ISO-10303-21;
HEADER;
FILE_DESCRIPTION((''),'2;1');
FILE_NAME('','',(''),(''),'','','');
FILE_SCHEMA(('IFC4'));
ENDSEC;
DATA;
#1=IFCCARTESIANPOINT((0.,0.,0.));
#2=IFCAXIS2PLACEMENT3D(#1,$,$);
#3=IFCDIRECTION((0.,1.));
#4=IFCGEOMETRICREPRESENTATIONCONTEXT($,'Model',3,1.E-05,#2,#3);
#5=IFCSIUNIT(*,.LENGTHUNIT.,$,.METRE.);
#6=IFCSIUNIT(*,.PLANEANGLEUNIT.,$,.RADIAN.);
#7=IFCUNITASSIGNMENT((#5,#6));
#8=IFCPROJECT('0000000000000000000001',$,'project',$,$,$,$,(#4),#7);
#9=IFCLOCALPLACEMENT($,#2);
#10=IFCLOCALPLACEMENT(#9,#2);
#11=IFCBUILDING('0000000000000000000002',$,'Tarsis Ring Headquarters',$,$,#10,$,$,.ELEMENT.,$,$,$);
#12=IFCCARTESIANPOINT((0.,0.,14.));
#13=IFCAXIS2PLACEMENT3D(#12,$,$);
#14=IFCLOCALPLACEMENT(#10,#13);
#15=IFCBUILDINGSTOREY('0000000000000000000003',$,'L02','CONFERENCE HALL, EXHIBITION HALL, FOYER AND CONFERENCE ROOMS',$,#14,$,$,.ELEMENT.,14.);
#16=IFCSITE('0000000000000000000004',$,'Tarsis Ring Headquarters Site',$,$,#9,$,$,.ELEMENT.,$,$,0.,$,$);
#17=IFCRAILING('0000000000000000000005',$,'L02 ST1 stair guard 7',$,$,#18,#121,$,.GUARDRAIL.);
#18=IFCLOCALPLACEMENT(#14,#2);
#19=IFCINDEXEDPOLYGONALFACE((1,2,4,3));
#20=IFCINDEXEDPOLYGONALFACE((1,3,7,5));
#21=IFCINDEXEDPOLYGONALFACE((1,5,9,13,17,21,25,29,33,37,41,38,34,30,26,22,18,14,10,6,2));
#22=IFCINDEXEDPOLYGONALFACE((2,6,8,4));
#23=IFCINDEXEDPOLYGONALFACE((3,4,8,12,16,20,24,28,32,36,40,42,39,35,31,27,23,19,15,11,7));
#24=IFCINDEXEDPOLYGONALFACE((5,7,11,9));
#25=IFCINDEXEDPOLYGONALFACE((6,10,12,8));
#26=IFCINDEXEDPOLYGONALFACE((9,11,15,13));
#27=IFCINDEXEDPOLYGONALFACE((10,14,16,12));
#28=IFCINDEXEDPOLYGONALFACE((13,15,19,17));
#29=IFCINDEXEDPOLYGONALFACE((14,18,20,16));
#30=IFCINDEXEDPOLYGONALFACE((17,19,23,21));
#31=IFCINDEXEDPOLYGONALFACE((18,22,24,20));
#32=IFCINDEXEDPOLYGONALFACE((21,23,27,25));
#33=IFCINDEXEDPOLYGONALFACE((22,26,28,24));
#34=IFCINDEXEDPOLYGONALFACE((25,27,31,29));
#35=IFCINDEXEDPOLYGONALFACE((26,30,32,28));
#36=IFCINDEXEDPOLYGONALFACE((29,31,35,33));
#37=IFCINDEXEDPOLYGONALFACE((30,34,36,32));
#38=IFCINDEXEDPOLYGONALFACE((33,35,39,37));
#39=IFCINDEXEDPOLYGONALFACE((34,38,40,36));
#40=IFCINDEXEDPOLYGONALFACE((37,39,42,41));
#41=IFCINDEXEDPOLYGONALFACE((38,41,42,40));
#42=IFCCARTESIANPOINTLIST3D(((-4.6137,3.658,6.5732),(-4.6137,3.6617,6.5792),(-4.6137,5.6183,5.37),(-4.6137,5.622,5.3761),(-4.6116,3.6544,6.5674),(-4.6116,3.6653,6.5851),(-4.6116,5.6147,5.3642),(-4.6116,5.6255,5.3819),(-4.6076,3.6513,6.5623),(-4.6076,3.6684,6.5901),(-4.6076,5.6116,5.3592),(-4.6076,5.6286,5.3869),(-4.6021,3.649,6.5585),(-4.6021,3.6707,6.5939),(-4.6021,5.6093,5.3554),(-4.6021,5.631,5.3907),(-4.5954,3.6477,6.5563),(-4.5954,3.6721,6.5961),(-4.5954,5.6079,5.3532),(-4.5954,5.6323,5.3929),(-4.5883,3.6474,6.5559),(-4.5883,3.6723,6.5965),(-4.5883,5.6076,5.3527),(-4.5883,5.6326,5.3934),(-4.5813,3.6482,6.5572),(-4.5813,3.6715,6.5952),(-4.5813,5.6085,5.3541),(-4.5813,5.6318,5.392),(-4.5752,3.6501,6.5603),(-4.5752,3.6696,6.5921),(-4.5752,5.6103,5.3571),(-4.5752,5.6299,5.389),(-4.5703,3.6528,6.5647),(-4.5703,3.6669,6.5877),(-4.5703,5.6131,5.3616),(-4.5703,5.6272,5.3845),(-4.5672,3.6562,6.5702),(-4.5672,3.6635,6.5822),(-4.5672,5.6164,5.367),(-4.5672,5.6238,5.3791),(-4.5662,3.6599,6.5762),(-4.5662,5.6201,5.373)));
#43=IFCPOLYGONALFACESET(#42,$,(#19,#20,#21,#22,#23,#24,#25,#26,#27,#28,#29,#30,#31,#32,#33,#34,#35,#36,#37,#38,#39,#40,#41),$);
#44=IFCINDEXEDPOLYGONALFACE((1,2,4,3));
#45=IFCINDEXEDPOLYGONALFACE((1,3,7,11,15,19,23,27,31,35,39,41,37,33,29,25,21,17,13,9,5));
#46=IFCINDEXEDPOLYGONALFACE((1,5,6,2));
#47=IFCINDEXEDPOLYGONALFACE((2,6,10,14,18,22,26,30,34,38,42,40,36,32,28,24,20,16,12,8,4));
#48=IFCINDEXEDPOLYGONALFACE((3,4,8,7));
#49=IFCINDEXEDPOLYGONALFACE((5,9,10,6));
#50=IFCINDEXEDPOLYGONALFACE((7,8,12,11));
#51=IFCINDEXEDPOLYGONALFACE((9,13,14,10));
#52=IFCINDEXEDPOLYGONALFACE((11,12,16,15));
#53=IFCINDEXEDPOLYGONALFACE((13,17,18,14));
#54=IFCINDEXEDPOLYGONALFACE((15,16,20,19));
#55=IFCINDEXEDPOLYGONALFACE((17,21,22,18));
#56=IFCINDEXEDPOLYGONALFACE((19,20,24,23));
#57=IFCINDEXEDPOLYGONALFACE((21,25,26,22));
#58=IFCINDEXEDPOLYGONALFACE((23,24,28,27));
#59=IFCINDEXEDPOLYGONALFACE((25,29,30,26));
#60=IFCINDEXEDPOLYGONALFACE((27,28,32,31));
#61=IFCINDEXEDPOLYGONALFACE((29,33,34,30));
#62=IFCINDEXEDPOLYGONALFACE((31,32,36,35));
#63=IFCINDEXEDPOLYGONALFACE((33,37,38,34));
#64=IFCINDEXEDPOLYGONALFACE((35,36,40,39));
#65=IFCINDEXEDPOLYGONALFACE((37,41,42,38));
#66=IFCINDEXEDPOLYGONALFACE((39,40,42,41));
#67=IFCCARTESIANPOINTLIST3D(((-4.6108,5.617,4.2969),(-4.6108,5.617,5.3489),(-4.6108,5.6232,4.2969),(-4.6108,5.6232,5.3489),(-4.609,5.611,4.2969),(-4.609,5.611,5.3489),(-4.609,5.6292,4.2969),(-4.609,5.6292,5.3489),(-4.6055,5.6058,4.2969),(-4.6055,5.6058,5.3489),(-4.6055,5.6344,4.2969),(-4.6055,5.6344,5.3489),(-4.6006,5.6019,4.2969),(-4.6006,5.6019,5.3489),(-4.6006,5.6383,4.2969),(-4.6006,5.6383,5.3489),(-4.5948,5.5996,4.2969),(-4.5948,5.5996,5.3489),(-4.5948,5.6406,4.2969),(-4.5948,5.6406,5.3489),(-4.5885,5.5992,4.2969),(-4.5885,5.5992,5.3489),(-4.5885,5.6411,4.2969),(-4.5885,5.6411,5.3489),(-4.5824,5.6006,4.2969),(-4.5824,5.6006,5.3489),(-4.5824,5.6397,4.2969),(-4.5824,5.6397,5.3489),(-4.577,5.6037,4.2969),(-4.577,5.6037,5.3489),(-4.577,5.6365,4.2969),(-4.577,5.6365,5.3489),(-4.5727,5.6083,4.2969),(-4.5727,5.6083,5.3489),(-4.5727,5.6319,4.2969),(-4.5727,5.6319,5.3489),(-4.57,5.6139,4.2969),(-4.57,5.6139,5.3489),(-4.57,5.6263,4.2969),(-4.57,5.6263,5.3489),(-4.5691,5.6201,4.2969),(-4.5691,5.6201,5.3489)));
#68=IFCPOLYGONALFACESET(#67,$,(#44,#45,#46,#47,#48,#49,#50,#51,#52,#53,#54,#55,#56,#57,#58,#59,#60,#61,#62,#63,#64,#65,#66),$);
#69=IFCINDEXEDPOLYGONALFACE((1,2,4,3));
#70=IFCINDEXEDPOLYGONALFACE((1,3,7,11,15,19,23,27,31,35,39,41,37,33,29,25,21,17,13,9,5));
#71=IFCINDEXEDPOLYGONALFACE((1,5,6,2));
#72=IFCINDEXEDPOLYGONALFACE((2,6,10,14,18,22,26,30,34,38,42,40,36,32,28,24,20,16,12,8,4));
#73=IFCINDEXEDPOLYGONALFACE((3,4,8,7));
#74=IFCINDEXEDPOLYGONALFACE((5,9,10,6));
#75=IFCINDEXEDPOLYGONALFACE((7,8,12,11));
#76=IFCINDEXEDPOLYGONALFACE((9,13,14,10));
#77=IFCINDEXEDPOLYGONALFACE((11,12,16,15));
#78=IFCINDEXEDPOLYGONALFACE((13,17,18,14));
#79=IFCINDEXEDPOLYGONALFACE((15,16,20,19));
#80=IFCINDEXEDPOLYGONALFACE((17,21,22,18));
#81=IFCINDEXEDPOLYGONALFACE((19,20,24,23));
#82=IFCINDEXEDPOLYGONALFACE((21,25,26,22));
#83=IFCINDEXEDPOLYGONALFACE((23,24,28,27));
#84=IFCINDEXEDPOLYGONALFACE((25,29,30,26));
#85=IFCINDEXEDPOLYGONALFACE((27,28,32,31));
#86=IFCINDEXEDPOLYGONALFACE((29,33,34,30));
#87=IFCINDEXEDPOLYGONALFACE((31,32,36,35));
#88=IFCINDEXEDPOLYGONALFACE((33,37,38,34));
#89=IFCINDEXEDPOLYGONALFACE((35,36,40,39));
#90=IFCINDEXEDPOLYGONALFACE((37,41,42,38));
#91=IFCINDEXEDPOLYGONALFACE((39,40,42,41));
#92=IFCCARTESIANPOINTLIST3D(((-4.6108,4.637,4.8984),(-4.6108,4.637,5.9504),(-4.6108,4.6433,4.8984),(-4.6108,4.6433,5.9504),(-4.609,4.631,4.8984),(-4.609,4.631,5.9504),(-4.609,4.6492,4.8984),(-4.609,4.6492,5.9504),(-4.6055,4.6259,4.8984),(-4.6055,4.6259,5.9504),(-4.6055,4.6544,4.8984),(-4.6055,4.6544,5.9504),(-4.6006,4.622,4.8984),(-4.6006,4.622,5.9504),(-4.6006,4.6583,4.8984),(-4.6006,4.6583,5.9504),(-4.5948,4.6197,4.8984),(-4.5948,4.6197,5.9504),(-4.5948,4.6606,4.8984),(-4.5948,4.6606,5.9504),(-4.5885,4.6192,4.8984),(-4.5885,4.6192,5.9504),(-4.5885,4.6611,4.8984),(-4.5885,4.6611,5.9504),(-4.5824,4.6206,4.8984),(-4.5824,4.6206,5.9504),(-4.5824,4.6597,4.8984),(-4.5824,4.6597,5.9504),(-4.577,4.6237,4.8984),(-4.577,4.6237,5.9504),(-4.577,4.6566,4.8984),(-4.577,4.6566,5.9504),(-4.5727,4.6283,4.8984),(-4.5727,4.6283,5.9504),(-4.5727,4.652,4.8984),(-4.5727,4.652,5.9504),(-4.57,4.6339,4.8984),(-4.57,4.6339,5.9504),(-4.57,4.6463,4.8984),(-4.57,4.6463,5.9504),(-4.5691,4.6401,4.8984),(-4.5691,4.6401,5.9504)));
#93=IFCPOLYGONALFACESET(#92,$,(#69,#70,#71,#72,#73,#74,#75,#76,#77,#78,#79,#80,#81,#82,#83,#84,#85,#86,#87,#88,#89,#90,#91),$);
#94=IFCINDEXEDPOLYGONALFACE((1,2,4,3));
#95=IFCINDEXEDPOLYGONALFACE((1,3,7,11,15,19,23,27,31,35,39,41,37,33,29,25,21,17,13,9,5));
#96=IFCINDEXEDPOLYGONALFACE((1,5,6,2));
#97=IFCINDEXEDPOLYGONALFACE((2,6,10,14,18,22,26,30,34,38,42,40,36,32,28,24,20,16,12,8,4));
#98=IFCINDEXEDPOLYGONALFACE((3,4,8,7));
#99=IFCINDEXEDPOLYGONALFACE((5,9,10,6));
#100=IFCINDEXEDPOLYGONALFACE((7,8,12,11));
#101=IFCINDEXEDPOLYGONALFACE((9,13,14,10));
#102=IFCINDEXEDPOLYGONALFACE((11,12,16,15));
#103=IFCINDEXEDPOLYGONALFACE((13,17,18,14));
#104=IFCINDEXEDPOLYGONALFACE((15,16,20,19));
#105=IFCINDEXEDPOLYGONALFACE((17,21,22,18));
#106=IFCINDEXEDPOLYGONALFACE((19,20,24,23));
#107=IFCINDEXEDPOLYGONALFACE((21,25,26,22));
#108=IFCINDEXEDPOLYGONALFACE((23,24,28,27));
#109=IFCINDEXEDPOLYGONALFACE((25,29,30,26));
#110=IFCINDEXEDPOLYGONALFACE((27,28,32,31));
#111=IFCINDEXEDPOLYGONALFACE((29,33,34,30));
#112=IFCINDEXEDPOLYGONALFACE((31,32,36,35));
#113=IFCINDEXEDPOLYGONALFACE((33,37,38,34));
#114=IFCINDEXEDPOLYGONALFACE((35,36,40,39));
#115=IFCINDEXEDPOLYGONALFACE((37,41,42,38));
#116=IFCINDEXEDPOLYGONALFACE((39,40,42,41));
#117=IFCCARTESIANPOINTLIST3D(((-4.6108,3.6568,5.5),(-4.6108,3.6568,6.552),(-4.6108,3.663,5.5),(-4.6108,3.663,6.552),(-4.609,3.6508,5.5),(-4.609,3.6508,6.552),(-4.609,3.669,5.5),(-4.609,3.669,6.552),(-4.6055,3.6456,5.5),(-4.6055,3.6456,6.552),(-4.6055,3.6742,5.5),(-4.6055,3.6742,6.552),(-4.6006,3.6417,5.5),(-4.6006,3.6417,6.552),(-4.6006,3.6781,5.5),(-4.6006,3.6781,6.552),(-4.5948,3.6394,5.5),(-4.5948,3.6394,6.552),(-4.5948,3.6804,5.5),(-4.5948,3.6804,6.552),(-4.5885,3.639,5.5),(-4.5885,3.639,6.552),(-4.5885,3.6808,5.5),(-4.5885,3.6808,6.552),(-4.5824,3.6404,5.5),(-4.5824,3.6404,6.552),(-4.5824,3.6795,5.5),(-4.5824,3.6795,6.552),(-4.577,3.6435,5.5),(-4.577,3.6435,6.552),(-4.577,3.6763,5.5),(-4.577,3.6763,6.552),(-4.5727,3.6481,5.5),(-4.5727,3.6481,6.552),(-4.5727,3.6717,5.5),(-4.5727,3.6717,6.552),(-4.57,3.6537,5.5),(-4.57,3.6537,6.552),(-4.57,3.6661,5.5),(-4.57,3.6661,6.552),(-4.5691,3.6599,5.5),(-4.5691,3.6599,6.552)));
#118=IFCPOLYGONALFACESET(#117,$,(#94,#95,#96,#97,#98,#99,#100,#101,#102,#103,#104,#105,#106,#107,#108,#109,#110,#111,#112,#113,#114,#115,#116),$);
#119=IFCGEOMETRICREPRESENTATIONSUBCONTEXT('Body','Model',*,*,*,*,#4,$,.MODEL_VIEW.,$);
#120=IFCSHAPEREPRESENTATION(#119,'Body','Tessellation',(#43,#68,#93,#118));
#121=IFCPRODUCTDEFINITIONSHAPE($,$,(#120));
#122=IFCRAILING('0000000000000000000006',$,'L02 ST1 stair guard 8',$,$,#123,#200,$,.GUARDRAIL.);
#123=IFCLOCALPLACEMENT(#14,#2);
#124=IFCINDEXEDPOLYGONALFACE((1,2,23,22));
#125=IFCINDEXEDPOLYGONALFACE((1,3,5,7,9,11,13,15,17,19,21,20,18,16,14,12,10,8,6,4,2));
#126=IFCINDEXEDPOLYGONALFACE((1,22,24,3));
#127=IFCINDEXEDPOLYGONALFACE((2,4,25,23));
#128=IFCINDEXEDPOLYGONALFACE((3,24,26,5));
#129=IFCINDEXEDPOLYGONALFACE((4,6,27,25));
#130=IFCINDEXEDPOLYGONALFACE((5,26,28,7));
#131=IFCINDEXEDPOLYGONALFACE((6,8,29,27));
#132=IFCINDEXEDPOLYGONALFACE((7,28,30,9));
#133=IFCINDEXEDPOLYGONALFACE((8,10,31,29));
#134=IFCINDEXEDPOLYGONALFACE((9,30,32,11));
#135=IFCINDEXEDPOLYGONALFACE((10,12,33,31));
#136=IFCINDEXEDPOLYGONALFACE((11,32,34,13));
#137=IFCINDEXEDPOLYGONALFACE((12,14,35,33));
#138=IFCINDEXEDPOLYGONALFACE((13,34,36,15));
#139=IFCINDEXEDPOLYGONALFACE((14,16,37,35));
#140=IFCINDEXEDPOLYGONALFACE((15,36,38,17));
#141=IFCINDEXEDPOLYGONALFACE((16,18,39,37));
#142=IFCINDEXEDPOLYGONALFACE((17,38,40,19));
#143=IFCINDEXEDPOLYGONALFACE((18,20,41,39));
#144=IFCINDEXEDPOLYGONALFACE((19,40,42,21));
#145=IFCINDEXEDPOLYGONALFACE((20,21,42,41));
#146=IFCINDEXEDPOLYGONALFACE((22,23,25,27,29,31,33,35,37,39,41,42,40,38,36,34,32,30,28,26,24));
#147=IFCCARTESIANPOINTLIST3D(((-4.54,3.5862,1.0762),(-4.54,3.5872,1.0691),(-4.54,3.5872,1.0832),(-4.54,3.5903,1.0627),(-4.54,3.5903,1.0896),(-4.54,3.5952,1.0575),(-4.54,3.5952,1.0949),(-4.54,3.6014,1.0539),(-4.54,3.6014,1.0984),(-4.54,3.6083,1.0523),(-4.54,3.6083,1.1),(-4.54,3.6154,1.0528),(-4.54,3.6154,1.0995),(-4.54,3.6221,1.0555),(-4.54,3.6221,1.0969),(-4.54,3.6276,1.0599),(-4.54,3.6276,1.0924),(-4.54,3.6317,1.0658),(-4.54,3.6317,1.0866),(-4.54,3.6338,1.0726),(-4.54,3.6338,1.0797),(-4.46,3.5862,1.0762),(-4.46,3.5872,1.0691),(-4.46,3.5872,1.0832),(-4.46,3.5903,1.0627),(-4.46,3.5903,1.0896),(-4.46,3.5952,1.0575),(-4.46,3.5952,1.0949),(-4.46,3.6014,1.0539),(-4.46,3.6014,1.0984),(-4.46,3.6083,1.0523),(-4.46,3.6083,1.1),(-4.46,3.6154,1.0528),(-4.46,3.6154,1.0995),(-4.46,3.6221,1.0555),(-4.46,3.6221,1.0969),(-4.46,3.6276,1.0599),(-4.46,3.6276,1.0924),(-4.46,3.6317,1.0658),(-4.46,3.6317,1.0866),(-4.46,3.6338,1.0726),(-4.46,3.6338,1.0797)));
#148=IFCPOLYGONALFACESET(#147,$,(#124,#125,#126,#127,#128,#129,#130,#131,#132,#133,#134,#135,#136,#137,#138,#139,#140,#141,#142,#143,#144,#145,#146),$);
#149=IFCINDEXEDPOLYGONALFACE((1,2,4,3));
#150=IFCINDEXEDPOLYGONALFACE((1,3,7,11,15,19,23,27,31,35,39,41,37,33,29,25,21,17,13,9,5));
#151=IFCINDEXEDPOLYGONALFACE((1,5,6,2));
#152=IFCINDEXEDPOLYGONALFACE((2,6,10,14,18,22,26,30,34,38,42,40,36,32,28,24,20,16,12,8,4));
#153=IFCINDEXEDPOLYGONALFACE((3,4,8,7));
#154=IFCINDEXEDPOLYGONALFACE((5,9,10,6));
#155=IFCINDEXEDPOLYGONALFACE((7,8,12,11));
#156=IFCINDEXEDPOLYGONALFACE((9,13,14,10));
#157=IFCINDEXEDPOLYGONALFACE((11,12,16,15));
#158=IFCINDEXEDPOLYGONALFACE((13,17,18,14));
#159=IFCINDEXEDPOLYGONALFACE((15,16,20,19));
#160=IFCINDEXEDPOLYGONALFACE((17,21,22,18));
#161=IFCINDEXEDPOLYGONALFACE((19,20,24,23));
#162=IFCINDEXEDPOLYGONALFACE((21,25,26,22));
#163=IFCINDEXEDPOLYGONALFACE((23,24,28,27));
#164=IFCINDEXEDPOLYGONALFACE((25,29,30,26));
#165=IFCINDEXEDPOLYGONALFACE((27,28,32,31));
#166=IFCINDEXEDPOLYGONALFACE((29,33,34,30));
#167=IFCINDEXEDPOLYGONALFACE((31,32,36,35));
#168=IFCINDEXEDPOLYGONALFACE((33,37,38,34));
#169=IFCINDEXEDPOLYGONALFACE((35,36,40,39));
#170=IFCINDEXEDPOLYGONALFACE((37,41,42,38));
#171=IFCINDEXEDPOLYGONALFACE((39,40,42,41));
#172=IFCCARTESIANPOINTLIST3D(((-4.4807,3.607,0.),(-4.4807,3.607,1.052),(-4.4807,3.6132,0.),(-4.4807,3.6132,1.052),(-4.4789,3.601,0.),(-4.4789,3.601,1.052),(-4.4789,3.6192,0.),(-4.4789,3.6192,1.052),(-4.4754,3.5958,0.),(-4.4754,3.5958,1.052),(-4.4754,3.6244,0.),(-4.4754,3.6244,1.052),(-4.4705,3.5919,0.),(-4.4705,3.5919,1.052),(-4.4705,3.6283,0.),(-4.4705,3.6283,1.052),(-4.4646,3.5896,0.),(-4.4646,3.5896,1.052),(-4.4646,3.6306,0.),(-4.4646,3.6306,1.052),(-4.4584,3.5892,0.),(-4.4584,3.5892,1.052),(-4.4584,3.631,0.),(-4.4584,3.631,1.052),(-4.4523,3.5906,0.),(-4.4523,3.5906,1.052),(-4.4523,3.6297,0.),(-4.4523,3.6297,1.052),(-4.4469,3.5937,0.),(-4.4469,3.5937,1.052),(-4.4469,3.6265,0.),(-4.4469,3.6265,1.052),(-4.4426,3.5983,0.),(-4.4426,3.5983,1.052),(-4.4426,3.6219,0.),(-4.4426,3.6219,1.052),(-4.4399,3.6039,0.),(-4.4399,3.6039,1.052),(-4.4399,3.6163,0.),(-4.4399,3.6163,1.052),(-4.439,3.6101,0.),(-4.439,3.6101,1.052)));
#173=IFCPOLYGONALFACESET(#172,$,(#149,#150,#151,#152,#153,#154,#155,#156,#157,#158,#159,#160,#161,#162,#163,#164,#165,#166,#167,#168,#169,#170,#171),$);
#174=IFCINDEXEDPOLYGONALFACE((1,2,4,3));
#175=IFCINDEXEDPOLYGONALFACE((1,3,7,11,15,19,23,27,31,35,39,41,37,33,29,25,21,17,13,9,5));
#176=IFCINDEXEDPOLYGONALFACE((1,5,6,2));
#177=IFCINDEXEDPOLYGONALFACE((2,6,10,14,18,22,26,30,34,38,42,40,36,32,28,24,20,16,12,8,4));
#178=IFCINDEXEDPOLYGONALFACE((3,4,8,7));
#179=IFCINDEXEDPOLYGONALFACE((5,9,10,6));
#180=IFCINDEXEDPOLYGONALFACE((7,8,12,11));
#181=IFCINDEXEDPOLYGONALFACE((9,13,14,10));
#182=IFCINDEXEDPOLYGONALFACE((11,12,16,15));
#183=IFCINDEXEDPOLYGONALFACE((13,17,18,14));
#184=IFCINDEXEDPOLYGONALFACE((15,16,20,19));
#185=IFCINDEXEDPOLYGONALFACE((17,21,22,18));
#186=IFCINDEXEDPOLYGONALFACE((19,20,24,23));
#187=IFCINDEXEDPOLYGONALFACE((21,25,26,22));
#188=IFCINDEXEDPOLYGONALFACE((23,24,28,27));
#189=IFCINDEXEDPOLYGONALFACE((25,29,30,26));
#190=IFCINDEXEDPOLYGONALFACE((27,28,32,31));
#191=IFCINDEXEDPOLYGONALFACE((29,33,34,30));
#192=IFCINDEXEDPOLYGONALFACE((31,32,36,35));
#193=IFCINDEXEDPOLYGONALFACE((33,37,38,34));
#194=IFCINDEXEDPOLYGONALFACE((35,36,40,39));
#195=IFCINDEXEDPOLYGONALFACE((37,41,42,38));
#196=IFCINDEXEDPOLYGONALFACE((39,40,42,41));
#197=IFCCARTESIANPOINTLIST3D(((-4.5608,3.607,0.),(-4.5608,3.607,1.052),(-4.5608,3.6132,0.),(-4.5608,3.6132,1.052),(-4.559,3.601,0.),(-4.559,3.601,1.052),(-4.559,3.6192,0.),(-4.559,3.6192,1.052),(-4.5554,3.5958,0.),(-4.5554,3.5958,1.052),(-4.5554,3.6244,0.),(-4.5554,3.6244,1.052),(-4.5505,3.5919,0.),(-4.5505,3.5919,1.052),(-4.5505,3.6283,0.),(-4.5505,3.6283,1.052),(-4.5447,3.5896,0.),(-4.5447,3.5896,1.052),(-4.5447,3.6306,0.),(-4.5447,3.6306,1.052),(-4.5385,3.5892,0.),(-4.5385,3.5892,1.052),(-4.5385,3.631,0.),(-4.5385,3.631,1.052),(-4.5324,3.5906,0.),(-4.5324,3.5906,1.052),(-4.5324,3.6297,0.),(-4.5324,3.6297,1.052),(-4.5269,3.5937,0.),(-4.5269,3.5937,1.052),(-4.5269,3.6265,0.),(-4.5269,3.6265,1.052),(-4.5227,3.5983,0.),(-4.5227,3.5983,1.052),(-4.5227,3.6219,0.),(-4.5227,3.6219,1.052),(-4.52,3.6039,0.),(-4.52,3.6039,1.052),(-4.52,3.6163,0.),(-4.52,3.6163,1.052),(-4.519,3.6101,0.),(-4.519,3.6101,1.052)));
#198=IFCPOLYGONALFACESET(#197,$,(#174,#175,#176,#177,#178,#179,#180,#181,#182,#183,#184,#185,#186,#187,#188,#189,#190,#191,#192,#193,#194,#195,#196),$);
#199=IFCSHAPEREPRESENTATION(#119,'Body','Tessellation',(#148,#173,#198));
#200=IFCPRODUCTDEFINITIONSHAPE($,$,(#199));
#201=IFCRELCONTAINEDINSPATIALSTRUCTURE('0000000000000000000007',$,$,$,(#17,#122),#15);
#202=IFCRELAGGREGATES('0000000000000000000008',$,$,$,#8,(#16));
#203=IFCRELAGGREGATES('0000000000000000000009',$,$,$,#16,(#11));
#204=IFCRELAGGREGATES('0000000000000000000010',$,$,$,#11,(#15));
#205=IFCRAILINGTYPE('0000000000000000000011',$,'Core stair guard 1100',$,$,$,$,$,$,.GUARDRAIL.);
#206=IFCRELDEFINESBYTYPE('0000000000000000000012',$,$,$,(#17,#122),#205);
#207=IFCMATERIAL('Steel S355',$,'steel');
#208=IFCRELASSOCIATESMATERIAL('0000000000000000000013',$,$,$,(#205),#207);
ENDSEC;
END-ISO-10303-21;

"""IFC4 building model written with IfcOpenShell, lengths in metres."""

from ifc_helpers import new_model, si_unit, direction, frame, origin, origin_2d, place, context, subcontext, project, spatial, circle, extrude, material, type_object, element, save


model = new_model("IFC4")

# Units and contexts
model_context = context("Model", 3, precision=1e-05, world=origin(), true_north=direction((0.0, 1.0)))
body_context = subcontext(model_context, "Body", "Model", "MODEL_VIEW")
ifc_project = project(units=[si_unit("LENGTHUNIT", "METRE"), si_unit("PLANEANGLEUNIT", "RADIAN")], contexts=[model_context])

# Site, building, storey
site_placement = place(None, origin())
site = spatial("IfcSite", under=ifc_project, at=site_placement, Name="Tarsis Ring Headquarters Site", CompositionType="ELEMENT", RefElevation=0.0)
building_placement = place(site_placement, origin())
building = spatial("IfcBuilding", under=site, at=building_placement, Name="Tarsis Ring Headquarters", CompositionType="ELEMENT")
storey_placement = place(building_placement, frame((0.0, 0.0, 14.0)))
storey = spatial("IfcBuildingStorey", under=building, at=storey_placement, Name="L02", Description="CONFERENCE HALL, EXHIBITION HALL, FOYER AND CONFERENCE ROOMS", CompositionType="ELEMENT", Elevation=14.0)

# Shared definitions
ifc_material_1 = material(Name="Steel S355", Category="steel")

# Railings
railing_type_1 = type_object("IfcRailingType", Name="Core stair guard 1100", PredefinedType="GUARDRAIL", material=ifc_material_1)
railing_1_placement = place(storey_placement, frame((-4.5901, 5.6201, 4.2969)))
element("IfcRailing", 1, at=railing_1_placement, inside=storey, type_object=railing_type_1, Name="L02 ST1 stair guard 7", PredefinedType="GUARDRAIL", context=body_context, shape_type="SweptSolid", body=[
    extrude(circle(Radius=0.0239, at=origin_2d()), frame((0.0, 0.0, 1.0762), z_axis=(0.0, -0.85227, 0.523102), x_axis=(1.0, 0.0, 0.0)), (0.0, 0.0, 1.0), 2.3),
    extrude(circle(Radius=0.021, at=origin_2d()), origin(), (0.0, 0.0, 1.0), 1.052),
    extrude(circle(Radius=0.021, at=origin_2d()), frame((0.0, -0.98, 0.6016)), (0.0, 0.0, 1.0), 1.052),
    extrude(circle(Radius=0.021, at=origin_2d()), frame((0.0, -1.9602, 1.2031)), (0.0, 0.0, 1.0), 1.052),
])
railing_2_placement = place(storey_placement, frame((-4.46, 3.6101, 0.0)))
element("IfcRailing", 2, at=railing_2_placement, inside=storey, type_object=railing_type_1, Name="L02 ST1 stair guard 8", PredefinedType="GUARDRAIL", context=body_context, shape_type="SweptSolid", body=[
    extrude(circle(Radius=0.0239, at=origin_2d()), frame((0.0, 0.0, 1.0762), z_axis=(-1.0, 0.0, 0.0), x_axis=(0.0, -1.0, 0.0)), (0.0, 0.0, 1.0), 0.0801),
    extrude(circle(Radius=0.021, at=origin_2d()), origin(), (0.0, 0.0, 1.0), 1.052),
    extrude(circle(Radius=0.021, at=origin_2d()), frame((-0.0801, 0.0, 0.0)), (0.0, 0.0, 1.0), 1.052),
])

save(model, "model.ifc")
